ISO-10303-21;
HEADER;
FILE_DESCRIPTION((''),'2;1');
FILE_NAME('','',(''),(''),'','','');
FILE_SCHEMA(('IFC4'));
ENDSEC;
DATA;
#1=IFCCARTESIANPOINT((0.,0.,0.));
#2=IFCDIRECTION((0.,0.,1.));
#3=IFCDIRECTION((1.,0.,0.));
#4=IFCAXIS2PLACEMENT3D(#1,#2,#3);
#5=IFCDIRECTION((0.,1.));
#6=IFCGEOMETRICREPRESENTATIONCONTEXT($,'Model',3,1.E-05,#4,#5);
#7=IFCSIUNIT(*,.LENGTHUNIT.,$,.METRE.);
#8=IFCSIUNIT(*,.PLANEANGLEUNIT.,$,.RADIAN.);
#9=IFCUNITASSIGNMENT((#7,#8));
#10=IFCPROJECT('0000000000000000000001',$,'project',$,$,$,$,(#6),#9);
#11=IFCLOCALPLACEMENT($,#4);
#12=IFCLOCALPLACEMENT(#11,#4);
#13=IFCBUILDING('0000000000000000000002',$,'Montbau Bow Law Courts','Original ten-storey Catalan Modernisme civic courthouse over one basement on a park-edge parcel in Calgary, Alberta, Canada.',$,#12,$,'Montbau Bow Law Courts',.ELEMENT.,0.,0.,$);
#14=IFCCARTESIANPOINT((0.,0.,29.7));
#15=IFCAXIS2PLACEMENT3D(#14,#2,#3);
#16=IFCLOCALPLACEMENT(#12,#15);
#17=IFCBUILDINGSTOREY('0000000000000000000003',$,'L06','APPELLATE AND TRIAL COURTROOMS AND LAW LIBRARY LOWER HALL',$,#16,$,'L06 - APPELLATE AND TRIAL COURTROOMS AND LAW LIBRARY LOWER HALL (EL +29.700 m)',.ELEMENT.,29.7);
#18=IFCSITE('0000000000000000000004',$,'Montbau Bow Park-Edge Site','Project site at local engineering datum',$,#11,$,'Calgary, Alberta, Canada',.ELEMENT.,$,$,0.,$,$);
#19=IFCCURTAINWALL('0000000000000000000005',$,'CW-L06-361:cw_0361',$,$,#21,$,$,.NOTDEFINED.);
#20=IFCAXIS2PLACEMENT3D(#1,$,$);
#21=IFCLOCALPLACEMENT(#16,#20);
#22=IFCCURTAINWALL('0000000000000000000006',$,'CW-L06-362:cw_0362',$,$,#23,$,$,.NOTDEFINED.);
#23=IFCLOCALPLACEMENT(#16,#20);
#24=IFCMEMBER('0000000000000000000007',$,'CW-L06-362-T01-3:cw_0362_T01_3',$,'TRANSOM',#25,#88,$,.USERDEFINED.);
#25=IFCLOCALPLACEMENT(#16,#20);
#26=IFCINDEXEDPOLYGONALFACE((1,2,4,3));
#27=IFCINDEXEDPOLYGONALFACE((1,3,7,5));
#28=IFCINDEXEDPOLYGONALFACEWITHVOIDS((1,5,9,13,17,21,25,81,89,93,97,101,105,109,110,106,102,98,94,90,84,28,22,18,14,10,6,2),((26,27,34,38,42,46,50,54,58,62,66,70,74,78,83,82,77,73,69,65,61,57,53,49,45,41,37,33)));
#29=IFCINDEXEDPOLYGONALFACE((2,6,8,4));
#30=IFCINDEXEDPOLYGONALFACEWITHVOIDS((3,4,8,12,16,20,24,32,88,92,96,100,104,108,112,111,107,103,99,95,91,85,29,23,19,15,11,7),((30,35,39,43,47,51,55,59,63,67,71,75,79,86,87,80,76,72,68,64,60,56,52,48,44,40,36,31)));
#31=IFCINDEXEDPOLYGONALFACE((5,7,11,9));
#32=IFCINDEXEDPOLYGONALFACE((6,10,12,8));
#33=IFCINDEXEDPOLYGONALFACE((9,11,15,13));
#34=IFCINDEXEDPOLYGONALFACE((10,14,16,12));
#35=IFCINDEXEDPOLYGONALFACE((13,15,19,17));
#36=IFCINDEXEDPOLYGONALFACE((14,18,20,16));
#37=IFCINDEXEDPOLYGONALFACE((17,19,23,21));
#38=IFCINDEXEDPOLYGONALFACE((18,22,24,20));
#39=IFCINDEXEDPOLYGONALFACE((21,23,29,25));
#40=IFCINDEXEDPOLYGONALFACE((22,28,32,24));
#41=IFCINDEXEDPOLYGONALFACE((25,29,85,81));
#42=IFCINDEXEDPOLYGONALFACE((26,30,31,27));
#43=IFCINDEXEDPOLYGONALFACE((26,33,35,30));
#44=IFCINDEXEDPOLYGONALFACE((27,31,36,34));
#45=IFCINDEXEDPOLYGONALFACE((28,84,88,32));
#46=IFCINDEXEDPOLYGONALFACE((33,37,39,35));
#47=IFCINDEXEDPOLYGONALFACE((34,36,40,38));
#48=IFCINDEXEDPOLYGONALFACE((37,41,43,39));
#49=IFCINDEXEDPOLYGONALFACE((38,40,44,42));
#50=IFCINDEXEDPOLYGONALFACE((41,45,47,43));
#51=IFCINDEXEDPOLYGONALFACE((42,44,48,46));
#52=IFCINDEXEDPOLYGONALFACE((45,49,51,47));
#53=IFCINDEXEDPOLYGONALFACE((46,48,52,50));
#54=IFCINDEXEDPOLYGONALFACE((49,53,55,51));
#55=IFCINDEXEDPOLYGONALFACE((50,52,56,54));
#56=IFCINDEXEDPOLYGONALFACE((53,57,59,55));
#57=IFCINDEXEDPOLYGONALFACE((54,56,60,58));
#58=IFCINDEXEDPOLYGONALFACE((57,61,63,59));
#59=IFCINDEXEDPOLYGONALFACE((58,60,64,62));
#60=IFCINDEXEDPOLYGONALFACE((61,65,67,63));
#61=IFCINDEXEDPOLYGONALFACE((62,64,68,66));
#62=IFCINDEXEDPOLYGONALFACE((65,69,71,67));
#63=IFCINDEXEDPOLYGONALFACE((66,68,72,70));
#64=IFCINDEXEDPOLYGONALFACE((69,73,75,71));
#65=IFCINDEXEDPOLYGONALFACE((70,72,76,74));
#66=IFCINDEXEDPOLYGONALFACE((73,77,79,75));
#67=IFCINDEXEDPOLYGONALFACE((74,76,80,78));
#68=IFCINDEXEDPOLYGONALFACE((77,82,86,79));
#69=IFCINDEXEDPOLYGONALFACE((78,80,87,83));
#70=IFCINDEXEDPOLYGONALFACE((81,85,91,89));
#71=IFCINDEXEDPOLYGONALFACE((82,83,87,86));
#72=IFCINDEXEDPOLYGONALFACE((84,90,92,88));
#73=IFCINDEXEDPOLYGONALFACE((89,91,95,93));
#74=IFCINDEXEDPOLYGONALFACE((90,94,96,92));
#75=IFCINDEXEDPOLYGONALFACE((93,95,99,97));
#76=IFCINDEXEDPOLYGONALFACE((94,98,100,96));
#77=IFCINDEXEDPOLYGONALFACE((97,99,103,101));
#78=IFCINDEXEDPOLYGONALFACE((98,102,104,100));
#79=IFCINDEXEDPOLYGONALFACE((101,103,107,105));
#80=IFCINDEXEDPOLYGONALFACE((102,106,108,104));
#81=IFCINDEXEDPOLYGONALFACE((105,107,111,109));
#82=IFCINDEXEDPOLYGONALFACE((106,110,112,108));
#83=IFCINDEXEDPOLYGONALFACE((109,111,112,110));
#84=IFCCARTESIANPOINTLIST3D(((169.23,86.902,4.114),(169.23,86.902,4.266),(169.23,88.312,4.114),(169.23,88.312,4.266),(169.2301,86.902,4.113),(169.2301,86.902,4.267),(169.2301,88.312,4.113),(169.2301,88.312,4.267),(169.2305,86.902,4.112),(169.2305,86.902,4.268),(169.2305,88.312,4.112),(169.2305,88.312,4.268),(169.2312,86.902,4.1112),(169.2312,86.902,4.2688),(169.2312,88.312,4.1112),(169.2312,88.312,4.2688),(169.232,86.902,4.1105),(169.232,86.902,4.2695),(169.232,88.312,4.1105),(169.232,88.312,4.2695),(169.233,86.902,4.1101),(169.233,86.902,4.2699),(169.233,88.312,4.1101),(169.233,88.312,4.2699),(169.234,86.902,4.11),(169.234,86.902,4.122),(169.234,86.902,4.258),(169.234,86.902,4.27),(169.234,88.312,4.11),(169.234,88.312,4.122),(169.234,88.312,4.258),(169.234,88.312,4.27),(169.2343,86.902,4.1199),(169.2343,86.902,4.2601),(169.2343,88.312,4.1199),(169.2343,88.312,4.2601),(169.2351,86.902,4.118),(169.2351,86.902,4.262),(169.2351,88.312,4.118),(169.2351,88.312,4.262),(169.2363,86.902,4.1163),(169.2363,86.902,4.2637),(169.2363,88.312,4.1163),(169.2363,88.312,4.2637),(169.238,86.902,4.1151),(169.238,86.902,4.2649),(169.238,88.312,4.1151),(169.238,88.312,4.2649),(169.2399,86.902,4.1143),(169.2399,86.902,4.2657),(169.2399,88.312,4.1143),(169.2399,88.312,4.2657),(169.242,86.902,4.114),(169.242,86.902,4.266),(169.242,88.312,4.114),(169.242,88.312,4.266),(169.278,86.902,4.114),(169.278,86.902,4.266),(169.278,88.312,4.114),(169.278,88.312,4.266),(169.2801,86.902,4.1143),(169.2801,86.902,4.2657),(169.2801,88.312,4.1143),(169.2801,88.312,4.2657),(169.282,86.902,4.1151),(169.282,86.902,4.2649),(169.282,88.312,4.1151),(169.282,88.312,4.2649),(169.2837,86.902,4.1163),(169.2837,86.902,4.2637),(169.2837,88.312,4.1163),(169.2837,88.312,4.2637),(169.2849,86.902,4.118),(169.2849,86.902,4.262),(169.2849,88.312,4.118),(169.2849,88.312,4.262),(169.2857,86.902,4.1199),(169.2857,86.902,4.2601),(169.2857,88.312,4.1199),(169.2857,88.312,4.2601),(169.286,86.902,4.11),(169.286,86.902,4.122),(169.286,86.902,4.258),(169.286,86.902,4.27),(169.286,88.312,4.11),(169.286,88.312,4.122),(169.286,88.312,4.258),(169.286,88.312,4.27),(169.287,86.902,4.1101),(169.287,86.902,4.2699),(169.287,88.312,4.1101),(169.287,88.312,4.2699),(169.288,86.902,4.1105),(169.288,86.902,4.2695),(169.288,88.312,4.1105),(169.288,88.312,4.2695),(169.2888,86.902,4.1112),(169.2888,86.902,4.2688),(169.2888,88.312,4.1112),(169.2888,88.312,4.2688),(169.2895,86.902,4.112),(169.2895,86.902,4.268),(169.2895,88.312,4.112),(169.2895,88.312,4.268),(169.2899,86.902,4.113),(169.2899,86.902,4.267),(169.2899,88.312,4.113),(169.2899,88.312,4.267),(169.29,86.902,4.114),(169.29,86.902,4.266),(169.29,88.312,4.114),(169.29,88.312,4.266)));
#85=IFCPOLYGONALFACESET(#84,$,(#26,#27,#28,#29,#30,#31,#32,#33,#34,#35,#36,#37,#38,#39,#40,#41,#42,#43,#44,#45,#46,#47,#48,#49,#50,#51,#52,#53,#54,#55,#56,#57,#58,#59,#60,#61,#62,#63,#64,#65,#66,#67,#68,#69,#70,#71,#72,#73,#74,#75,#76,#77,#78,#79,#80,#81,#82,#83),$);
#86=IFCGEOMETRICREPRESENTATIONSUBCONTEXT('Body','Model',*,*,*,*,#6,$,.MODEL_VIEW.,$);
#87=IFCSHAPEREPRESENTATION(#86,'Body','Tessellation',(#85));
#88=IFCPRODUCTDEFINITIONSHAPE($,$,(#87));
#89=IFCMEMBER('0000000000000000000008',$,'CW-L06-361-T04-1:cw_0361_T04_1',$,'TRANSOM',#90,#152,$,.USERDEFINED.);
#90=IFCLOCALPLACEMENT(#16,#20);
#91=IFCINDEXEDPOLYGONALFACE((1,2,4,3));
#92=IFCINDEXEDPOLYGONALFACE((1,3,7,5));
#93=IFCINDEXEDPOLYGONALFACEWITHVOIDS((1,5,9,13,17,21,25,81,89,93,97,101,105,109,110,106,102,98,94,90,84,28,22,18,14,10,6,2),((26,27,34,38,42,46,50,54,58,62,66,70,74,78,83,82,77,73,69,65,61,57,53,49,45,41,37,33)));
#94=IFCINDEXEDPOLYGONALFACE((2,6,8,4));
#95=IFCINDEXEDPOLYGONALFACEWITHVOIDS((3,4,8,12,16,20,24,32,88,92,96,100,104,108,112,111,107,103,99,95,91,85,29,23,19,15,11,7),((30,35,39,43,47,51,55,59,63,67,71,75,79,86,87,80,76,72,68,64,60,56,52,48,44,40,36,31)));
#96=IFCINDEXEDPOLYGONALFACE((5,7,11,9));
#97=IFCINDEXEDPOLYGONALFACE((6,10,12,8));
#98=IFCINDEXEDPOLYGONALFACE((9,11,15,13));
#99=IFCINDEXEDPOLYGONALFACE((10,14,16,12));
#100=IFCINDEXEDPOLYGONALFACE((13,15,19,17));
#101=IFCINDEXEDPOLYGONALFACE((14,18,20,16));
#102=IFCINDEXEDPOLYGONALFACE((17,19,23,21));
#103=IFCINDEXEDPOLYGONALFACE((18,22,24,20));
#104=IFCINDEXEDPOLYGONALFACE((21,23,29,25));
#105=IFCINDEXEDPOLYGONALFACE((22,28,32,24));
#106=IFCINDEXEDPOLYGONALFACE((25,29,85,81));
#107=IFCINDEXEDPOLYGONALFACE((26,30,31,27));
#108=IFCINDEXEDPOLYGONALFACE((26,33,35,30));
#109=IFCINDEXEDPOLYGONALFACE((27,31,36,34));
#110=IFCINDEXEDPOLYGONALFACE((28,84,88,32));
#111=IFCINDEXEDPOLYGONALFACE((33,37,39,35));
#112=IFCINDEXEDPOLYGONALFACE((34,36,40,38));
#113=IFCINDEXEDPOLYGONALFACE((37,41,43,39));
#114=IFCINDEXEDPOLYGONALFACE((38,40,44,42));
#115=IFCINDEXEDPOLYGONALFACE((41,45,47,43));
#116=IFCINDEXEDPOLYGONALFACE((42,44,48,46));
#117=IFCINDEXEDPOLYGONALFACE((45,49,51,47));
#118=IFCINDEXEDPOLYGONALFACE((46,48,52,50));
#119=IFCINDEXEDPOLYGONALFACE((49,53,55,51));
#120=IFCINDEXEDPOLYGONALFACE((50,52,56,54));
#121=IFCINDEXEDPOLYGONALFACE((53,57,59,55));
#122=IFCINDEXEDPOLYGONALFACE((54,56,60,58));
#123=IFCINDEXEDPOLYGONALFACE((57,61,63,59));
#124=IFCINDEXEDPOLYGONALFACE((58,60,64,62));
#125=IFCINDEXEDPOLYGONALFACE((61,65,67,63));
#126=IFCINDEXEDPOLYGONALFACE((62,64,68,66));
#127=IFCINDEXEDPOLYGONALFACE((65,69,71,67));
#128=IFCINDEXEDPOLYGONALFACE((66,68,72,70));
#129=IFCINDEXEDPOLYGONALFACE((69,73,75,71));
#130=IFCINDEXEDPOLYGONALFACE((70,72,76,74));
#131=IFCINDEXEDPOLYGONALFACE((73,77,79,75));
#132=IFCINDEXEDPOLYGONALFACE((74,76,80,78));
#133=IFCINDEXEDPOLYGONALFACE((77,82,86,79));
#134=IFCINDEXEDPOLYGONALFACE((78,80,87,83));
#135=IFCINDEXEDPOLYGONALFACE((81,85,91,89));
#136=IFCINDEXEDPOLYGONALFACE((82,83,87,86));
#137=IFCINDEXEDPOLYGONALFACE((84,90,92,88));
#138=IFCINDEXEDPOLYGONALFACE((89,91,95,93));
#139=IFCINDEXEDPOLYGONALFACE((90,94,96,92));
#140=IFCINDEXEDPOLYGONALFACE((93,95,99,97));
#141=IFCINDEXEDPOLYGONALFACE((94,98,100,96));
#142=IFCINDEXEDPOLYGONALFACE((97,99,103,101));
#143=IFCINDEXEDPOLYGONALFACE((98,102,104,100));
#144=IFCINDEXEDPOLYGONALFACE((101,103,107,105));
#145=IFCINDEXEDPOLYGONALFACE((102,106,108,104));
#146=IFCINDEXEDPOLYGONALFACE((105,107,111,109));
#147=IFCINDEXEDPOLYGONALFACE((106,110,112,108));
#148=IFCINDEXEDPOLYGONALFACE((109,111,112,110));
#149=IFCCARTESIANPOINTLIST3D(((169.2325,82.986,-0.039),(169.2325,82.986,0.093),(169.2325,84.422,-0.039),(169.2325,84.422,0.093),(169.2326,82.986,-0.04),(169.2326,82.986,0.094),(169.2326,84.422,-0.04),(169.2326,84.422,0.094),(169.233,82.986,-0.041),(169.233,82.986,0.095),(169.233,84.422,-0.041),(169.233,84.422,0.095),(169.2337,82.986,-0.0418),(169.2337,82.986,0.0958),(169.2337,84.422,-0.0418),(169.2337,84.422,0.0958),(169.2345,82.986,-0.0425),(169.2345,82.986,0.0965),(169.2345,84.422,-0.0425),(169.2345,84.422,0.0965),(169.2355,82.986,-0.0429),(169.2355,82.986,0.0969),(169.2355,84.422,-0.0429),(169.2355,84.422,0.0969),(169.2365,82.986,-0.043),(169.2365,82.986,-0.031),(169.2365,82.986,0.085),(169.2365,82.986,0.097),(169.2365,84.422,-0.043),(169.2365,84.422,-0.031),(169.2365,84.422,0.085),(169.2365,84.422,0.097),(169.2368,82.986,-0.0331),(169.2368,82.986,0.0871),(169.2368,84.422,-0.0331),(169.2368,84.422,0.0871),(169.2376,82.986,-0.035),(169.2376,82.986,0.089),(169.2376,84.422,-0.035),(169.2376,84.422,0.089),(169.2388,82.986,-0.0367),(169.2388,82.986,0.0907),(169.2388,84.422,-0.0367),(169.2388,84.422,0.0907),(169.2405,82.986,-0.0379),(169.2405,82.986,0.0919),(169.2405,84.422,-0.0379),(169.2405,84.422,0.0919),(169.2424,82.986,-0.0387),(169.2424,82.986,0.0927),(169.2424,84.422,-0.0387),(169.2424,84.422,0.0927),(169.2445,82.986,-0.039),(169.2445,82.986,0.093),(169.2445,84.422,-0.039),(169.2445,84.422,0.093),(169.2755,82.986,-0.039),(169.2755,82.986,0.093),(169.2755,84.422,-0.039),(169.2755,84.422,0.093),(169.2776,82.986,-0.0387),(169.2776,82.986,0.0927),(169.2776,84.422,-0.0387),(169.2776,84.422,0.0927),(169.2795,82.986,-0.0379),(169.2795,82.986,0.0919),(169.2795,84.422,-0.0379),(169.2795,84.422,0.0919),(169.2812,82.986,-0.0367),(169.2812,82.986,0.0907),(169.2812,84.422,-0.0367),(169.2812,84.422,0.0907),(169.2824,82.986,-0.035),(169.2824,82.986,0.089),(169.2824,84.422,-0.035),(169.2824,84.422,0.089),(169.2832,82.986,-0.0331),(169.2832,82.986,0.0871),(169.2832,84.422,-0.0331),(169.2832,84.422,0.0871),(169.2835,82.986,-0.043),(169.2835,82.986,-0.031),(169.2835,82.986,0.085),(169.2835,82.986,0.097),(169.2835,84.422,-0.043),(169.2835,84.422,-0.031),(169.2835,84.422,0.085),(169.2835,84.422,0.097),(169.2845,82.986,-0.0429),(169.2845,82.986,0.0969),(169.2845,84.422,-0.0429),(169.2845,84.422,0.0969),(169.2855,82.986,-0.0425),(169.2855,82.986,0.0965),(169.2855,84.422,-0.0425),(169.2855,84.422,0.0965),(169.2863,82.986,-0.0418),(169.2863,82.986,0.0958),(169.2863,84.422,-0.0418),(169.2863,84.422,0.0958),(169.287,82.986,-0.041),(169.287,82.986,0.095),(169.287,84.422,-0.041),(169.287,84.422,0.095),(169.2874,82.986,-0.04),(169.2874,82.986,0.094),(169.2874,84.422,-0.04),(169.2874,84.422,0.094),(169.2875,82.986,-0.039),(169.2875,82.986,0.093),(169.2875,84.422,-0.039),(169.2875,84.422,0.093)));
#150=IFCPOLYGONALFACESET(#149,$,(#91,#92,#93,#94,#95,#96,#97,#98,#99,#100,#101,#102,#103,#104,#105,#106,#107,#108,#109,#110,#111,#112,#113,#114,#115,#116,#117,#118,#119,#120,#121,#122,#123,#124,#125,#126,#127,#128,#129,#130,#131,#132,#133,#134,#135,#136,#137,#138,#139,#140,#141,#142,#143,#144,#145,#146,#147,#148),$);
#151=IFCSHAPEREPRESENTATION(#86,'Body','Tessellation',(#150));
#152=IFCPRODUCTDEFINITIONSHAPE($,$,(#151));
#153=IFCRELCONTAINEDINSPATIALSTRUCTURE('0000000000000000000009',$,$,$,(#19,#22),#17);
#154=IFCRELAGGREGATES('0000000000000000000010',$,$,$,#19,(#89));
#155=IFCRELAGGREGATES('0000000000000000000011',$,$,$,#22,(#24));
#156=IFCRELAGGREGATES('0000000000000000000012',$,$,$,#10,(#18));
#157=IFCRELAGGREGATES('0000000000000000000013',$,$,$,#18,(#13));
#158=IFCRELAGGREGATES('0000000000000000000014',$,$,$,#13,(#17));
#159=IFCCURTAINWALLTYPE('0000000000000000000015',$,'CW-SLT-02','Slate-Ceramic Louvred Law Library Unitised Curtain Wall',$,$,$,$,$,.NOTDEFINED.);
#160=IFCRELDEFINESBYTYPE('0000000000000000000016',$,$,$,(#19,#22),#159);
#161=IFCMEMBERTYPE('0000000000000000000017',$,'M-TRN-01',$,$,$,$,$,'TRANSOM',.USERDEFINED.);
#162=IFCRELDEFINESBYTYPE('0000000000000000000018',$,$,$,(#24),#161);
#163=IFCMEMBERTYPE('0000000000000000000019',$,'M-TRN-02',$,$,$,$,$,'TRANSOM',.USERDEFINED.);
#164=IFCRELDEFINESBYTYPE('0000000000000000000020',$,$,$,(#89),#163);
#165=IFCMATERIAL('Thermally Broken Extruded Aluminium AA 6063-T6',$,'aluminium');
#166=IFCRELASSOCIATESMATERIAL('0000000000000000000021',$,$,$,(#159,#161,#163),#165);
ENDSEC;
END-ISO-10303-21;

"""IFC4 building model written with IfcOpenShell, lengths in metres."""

from ifc_helpers import new_model, si_unit, direction, frame, origin_with_axes, origin_2d_with_axis, place, context, subcontext, project, spatial, hollow_rectangle, extrude, material, material_profile, profile_set, type_object, element, aggregate, save


model = new_model("IFC4")

# Units and contexts
model_context = context("Model", 3, precision=1e-05, world=origin_with_axes(), true_north=direction((0.0, 1.0)))
body_context = subcontext(model_context, "Body", "Model", "MODEL_VIEW")
ifc_project = project(units=[si_unit("LENGTHUNIT", "METRE"), si_unit("PLANEANGLEUNIT", "RADIAN")], contexts=[model_context])

# Site, building, storey
site_placement = place(None, origin_with_axes())
site = spatial("IfcSite", under=ifc_project, at=site_placement, Name="Montbau Bow Park-Edge Site", Description="Project site at local engineering datum", LongName="Calgary, Alberta, Canada", CompositionType="ELEMENT", RefElevation=0.0)
building_placement = place(site_placement, origin_with_axes())
building = spatial("IfcBuilding", under=site, at=building_placement, Name="Montbau Bow Law Courts", Description="Original ten-storey Catalan Modernisme civic courthouse over one basement on a park-edge parcel in Calgary, Alberta, Canada.", LongName="Montbau Bow Law Courts", CompositionType="ELEMENT", ElevationOfRefHeight=0.0, ElevationOfTerrain=0.0)
storey_placement = place(building_placement, frame((0.0, 0.0, 29.7), z_axis=(0.0, 0.0, 1.0), x_axis=(1.0, 0.0, 0.0)))
storey = spatial("IfcBuildingStorey", under=building, at=storey_placement, Name="L06", Description="APPELLATE AND TRIAL COURTROOMS AND LAW LIBRARY LOWER HALL", LongName="L06 - APPELLATE AND TRIAL COURTROOMS AND LAW LIBRARY LOWER HALL (EL +29.700 m)", CompositionType="ELEMENT", Elevation=29.7)

# Curtain walls, member
ifc_material_1 = material(Name="Thermally Broken Extruded Aluminium AA 6063-T6", Category="aluminium")
curtain_wall_type = type_object("IfcCurtainWallType", Name="CW-SLT-02", Description="Slate-Ceramic Louvred Law Library Unitised Curtain Wall", PredefinedType="NOTDEFINED", material=ifc_material_1)
curtain_wall_1_placement = place(None, frame((169.26, 78.44, 29.7), z_axis=(0.0, 0.0, 1.0), x_axis=(1.0, 0.0, 0.0)))
curtain_wall_1 = element("IfcCurtainWall", 1, at=curtain_wall_1_placement, inside=storey, type_object=curtain_wall_type, Name="CW-L06-361:cw_0361", PredefinedType="NOTDEFINED")
curtain_wall_2_placement = place(None, frame((169.26, 86.84, 29.7), z_axis=(0.0, 0.0, 1.0), x_axis=(1.0, 0.0, 0.0)))
curtain_wall_2 = element("IfcCurtainWall", 2, at=curtain_wall_2_placement, inside=storey, type_object=curtain_wall_type, Name="CW-L06-362:cw_0362", PredefinedType="NOTDEFINED")
ifc_material_profile_1 = material_profile(ifc_material_1, hollow_rectangle(XDim=0.06, YDim=0.16, WallThickness=0.004, InnerFilletRadius=0.008, OuterFilletRadius=0.004, at=origin_2d_with_axis()), Name="CWT-160X60", Category="Main", Priority=0)
ifc_profile_set_1 = profile_set([ifc_material_profile_1], Name="Thermally Broken Extruded Aluminium AA 6063-T6")
member_type_1 = type_object("IfcMemberType", Name="M-TRN-01", ElementType="TRANSOM", PredefinedType="USERDEFINED", material=ifc_profile_set_1)
member_1_placement = place(None, frame((169.26, 86.902, 33.89), z_axis=(0.0, 1.0, 0.0), x_axis=(-1.0, 0.0, 0.0)))
member_1 = element("IfcMember", 3, at=member_1_placement, type_object=member_type_1, Name="CW-L06-362-T01-3:cw_0362_T01_3", ObjectType="TRANSOM", PredefinedType="USERDEFINED", context=body_context, shape_type="SweptSolid", body=[
    extrude(hollow_rectangle(XDim=0.06, YDim=0.16, WallThickness=0.004, InnerFilletRadius=0.008, OuterFilletRadius=0.004, at=origin_2d_with_axis()), origin_with_axes(), (0.0, 0.0, 1.0), 1.41),
])

# Member
ifc_material_profile_2 = material_profile(ifc_material_1, hollow_rectangle(XDim=0.055, YDim=0.14, WallThickness=0.004, InnerFilletRadius=0.008, OuterFilletRadius=0.004, at=origin_2d_with_axis()), Name="CWT-140X55", Category="Main", Priority=0)
ifc_profile_set_2 = profile_set([ifc_material_profile_2], Name="Thermally Broken Extruded Aluminium AA 6063-T6")
member_type_2 = type_object("IfcMemberType", Name="M-TRN-02", ElementType="TRANSOM", PredefinedType="USERDEFINED", material=ifc_profile_set_2)
member_2_placement = place(None, frame((169.26, 82.986, 29.727), z_axis=(0.0, 1.0, 0.0), x_axis=(-1.0, 0.0, 0.0)))
member_2 = element("IfcMember", 4, at=member_2_placement, type_object=member_type_2, Name="CW-L06-361-T04-1:cw_0361_T04_1", ObjectType="TRANSOM", PredefinedType="USERDEFINED", context=body_context, shape_type="SweptSolid", body=[
    extrude(hollow_rectangle(XDim=0.055, YDim=0.14, WallThickness=0.004, InnerFilletRadius=0.008, OuterFilletRadius=0.004, at=origin_2d_with_axis()), origin_with_axes(), (0.0, 0.0, 1.0), 1.436),
])

aggregate(curtain_wall_1, [member_2])
aggregate(curtain_wall_2, [member_1])

save(model, "model.ifc")
